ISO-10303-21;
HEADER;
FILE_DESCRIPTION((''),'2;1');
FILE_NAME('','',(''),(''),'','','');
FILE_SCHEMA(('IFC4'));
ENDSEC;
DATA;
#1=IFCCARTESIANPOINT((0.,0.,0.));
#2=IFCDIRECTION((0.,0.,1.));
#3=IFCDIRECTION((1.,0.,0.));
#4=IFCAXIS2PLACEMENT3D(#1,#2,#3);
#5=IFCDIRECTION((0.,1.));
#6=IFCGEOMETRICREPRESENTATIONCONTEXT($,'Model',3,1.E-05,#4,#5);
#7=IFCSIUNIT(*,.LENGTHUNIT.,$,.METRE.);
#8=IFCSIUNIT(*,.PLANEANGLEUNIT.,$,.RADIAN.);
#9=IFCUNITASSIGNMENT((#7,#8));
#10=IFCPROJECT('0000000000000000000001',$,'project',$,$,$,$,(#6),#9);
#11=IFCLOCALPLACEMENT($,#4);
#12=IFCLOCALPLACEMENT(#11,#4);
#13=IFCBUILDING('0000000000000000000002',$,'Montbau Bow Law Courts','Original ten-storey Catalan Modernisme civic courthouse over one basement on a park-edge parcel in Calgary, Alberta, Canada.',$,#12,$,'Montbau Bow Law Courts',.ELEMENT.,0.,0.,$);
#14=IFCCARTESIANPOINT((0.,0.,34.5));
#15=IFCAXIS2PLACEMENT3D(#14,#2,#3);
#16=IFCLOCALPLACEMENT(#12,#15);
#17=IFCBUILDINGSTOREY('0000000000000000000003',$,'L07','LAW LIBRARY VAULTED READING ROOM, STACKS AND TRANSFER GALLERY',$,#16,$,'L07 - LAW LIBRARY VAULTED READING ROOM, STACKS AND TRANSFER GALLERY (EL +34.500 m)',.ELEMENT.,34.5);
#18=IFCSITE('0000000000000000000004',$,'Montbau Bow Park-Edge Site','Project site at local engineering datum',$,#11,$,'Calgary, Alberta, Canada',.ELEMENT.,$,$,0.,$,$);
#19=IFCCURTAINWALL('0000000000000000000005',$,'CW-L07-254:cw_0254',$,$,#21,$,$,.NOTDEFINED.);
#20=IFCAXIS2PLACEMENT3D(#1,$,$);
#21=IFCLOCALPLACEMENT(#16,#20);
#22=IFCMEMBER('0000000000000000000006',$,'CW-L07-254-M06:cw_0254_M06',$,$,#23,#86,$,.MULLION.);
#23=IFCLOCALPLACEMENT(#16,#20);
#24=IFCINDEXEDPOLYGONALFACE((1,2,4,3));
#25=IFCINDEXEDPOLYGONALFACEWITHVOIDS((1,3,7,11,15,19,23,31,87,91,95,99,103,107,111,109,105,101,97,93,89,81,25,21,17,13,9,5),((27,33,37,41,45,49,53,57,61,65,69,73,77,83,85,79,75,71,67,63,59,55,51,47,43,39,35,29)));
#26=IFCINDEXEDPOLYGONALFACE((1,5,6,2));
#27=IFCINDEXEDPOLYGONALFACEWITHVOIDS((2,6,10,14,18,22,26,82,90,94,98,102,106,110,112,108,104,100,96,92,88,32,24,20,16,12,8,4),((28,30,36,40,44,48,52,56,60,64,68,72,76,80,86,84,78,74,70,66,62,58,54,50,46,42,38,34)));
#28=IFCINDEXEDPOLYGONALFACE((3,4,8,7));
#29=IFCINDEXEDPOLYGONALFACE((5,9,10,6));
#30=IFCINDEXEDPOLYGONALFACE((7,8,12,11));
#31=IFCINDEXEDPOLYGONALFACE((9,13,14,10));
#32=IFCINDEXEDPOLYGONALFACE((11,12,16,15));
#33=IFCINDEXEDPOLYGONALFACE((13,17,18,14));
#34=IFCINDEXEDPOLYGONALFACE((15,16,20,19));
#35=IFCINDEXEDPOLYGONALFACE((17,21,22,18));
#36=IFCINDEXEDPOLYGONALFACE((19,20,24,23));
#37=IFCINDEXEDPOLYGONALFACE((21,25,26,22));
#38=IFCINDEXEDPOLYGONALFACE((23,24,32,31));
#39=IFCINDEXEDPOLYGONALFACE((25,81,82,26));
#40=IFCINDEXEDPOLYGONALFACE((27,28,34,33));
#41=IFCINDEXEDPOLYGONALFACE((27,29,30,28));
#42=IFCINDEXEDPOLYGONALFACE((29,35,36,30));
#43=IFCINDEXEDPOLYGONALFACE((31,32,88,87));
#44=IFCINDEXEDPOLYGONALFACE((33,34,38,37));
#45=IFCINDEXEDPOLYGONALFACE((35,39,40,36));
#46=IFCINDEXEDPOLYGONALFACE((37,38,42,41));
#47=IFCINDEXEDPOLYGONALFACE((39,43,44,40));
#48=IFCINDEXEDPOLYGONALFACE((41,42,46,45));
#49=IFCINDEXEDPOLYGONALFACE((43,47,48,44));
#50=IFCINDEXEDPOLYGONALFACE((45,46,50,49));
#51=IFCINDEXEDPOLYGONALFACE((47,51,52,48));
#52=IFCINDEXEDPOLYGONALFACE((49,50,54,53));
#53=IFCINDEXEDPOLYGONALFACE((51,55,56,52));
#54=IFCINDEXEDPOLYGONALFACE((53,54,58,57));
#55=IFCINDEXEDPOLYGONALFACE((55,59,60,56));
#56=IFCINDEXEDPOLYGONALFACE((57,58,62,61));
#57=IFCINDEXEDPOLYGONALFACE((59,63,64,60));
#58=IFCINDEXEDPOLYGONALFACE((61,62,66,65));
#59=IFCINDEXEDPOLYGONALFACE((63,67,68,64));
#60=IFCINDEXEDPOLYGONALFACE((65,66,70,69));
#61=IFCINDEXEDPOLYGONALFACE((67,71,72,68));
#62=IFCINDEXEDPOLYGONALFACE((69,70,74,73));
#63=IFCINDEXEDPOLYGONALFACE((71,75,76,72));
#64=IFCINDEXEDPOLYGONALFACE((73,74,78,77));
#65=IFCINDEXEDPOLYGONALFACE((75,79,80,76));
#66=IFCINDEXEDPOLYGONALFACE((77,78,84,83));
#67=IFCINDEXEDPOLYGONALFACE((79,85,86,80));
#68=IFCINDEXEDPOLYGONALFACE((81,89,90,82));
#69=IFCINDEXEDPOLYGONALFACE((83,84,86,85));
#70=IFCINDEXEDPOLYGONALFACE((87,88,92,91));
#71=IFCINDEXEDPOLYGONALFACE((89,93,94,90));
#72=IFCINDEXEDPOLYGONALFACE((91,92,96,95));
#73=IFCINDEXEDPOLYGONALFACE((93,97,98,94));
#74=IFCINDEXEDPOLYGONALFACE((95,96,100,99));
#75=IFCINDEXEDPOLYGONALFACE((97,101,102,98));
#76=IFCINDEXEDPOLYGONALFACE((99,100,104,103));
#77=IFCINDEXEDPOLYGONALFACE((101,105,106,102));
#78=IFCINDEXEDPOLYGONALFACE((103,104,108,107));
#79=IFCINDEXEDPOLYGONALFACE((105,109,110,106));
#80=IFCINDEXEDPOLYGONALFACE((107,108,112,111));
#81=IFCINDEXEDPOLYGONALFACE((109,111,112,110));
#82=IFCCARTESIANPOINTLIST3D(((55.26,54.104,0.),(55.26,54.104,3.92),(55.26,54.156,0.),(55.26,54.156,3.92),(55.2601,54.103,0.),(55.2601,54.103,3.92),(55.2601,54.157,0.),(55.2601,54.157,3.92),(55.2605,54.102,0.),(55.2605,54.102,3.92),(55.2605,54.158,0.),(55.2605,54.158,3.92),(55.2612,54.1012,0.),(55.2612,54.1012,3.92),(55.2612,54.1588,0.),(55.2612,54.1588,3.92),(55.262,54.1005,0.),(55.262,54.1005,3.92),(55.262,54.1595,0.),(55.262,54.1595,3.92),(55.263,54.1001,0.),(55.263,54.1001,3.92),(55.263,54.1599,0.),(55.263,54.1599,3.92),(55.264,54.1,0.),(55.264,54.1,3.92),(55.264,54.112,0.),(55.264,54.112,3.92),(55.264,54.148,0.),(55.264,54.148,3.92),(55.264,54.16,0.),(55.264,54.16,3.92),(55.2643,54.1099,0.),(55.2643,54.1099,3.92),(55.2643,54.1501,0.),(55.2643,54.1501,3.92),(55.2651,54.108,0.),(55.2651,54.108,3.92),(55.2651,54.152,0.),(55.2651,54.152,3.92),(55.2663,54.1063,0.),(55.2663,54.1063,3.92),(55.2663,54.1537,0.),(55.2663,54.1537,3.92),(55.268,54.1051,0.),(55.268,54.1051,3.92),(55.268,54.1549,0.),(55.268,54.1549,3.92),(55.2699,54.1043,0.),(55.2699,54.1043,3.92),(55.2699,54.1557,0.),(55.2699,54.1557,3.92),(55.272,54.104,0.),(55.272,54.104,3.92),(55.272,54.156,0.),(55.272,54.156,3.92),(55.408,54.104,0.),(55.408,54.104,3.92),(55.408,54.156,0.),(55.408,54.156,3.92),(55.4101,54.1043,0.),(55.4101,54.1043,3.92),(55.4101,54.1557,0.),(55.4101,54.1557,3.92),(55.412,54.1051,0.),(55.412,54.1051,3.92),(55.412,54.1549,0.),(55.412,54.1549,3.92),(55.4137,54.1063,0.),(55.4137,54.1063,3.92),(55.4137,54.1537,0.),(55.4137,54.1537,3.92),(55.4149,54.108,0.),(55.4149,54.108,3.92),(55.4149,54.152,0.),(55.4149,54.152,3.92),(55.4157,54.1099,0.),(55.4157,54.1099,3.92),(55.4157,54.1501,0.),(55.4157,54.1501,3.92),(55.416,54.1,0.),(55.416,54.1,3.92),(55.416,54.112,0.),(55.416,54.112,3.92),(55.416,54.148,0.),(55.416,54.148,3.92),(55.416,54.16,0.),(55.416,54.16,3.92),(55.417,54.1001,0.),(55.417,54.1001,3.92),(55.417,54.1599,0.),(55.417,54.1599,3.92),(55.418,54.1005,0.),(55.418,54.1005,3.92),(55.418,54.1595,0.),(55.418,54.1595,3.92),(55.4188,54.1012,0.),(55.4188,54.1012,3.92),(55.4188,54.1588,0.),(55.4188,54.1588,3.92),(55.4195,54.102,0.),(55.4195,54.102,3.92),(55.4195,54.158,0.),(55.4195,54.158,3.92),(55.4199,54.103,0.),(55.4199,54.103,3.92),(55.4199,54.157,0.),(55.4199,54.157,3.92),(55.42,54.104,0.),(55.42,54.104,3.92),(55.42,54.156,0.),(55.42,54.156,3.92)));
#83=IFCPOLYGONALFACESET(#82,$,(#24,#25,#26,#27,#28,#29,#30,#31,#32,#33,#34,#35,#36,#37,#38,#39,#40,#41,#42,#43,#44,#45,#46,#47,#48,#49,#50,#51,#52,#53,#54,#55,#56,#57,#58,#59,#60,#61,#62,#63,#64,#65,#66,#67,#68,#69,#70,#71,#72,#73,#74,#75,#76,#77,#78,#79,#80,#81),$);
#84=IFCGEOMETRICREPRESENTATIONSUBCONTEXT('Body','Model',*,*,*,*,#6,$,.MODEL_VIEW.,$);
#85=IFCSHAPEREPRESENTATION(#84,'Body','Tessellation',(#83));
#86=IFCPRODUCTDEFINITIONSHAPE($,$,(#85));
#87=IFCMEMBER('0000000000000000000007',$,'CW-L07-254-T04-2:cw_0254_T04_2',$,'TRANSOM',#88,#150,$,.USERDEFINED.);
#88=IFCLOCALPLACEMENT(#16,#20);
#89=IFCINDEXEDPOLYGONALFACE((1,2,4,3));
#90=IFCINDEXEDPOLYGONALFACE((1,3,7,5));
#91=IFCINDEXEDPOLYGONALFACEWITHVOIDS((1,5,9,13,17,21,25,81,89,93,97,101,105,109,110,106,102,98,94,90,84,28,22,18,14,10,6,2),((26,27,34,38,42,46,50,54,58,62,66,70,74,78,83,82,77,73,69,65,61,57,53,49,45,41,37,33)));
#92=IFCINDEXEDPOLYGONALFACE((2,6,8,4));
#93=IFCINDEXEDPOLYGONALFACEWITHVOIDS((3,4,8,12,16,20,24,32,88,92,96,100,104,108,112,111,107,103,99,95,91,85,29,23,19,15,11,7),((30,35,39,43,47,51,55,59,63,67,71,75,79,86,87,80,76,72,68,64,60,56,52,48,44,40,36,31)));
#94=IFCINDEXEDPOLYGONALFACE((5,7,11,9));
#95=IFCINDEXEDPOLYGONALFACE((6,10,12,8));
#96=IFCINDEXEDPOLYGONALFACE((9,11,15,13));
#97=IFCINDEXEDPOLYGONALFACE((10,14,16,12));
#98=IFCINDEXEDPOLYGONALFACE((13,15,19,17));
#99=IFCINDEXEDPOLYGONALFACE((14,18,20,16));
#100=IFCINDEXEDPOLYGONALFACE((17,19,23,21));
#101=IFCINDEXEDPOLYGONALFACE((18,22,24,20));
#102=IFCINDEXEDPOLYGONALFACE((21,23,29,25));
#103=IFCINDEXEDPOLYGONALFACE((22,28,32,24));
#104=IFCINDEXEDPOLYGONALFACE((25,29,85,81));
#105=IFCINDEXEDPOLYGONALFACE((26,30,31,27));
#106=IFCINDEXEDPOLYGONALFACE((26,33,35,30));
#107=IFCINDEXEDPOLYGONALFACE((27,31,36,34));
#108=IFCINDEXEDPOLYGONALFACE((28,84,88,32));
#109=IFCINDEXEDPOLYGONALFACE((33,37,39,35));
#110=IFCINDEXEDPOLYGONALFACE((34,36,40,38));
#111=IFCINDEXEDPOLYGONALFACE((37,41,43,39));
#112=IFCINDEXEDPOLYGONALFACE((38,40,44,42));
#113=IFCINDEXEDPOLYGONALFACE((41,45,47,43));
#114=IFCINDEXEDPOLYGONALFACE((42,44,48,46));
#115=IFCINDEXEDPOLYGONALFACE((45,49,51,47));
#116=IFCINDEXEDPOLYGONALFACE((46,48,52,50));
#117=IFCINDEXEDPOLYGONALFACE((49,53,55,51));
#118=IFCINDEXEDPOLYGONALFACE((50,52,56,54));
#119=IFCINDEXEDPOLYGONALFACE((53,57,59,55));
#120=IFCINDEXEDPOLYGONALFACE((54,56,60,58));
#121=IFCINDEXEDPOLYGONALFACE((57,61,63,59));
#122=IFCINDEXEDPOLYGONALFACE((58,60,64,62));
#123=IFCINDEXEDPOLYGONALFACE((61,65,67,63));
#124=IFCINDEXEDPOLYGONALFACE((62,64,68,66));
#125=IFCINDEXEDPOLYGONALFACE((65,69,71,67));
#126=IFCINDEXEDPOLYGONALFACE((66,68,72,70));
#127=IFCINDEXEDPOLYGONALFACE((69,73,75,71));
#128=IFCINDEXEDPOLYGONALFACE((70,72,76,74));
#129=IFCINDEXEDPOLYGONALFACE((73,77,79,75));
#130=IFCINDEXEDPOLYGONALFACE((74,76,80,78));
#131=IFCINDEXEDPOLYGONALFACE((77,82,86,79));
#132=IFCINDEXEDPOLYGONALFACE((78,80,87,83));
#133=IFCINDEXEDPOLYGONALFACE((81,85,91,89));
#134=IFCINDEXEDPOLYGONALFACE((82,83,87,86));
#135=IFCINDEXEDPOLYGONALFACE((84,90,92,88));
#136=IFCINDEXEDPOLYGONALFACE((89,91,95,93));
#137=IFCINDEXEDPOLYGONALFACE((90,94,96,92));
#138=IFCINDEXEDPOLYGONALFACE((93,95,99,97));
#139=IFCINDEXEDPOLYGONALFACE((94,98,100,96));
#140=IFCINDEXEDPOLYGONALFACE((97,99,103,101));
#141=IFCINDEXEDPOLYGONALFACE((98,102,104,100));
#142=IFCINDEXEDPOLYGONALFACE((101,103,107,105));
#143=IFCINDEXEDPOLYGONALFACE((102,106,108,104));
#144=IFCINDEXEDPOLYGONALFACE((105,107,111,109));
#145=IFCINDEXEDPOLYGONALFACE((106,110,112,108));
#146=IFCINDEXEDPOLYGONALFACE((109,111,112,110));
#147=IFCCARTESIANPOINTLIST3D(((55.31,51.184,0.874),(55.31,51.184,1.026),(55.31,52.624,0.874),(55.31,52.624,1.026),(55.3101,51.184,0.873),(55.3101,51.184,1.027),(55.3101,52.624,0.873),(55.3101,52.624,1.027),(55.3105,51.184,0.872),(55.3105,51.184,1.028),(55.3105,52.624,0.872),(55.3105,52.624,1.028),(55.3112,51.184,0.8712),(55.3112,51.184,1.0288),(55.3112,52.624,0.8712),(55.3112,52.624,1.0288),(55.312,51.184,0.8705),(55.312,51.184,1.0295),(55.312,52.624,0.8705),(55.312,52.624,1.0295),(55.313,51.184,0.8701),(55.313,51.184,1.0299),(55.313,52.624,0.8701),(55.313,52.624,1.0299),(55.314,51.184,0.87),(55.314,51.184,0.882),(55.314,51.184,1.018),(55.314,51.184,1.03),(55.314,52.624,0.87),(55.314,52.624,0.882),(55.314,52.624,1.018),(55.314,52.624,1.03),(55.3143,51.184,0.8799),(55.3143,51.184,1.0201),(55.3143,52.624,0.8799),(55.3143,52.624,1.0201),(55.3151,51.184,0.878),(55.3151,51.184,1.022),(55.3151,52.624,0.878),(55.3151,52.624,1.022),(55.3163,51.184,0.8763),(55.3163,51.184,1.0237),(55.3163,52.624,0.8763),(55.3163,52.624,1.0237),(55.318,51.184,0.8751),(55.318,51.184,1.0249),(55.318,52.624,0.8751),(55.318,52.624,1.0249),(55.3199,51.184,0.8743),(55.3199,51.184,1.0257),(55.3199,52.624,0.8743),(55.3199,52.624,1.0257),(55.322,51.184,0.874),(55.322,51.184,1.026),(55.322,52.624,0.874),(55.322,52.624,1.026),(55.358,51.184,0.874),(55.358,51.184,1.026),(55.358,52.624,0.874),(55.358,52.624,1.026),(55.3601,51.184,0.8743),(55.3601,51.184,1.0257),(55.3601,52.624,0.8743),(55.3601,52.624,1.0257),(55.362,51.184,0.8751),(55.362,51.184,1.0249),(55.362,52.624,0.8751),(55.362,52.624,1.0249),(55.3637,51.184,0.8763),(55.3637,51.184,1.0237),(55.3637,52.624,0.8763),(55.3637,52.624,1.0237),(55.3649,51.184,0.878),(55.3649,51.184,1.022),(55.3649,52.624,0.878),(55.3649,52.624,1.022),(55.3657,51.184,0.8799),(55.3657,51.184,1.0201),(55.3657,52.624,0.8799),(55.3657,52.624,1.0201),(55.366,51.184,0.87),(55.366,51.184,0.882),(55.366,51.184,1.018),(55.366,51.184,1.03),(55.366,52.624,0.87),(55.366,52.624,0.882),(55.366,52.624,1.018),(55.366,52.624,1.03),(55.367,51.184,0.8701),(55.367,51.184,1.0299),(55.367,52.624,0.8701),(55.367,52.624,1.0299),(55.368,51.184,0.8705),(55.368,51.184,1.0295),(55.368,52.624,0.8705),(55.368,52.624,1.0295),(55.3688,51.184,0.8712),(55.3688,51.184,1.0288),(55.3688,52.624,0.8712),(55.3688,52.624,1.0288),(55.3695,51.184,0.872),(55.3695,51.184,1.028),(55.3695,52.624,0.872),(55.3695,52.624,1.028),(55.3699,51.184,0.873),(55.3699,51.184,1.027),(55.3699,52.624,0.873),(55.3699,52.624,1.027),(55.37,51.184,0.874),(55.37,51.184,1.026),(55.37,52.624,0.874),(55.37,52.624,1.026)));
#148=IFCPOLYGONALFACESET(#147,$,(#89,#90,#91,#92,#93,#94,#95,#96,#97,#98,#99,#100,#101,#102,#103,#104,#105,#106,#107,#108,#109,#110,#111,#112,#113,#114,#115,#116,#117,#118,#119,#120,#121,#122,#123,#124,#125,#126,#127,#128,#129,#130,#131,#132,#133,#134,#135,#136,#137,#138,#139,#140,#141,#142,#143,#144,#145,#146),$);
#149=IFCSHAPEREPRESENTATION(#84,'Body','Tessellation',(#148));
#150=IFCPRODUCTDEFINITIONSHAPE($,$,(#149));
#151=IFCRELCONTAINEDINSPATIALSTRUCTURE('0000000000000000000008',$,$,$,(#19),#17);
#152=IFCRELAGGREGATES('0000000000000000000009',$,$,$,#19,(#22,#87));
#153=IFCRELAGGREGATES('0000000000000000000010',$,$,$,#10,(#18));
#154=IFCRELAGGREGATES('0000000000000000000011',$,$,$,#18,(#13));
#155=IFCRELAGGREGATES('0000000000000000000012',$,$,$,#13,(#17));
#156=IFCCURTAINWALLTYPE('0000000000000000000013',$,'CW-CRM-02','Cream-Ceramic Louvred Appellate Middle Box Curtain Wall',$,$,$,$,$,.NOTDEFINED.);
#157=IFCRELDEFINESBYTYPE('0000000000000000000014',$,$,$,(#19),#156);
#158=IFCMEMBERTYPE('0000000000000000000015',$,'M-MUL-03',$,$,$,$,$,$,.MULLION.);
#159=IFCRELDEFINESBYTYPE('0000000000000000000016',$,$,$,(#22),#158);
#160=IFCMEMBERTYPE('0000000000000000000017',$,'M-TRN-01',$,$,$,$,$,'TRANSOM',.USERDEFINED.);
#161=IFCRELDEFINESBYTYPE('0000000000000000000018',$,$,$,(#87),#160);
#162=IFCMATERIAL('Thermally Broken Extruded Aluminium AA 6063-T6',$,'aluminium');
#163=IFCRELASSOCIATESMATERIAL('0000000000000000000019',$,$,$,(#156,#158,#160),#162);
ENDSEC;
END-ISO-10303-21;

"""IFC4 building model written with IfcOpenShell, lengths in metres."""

from ifc_helpers import new_model, si_unit, direction, frame, origin_with_axes, origin_2d_with_axis, place, context, subcontext, project, spatial, hollow_rectangle, extrude, material, material_profile, profile_set, type_object, element, aggregate, save


model = new_model("IFC4")

# Units and contexts
model_context = context("Model", 3, precision=1e-05, world=origin_with_axes(), true_north=direction((0.0, 1.0)))
body_context = subcontext(model_context, "Body", "Model", "MODEL_VIEW")
ifc_project = project(units=[si_unit("LENGTHUNIT", "METRE"), si_unit("PLANEANGLEUNIT", "RADIAN")], contexts=[model_context])

# Site, building, storey
site_placement = place(None, origin_with_axes())
site = spatial("IfcSite", under=ifc_project, at=site_placement, Name="Montbau Bow Park-Edge Site", Description="Project site at local engineering datum", LongName="Calgary, Alberta, Canada", CompositionType="ELEMENT", RefElevation=0.0)
building_placement = place(site_placement, origin_with_axes())
building = spatial("IfcBuilding", under=site, at=building_placement, Name="Montbau Bow Law Courts", Description="Original ten-storey Catalan Modernisme civic courthouse over one basement on a park-edge parcel in Calgary, Alberta, Canada.", LongName="Montbau Bow Law Courts", CompositionType="ELEMENT", ElevationOfRefHeight=0.0, ElevationOfTerrain=0.0)
storey_placement = place(building_placement, frame((0.0, 0.0, 34.5), z_axis=(0.0, 0.0, 1.0), x_axis=(1.0, 0.0, 0.0)))
storey = spatial("IfcBuildingStorey", under=building, at=storey_placement, Name="L07", Description="LAW LIBRARY VAULTED READING ROOM, STACKS AND TRANSFER GALLERY", LongName="L07 - LAW LIBRARY VAULTED READING ROOM, STACKS AND TRANSFER GALLERY (EL +34.500 m)", CompositionType="ELEMENT", Elevation=34.5)

# Curtain wall, members
ifc_material_1 = material(Name="Thermally Broken Extruded Aluminium AA 6063-T6", Category="aluminium")
curtain_wall_type = type_object("IfcCurtainWallType", Name="CW-CRM-02", Description="Cream-Ceramic Louvred Appellate Middle Box Curtain Wall", PredefinedType="NOTDEFINED", material=ifc_material_1)
curtain_wall_1_placement = place(None, frame((55.34, 46.64, 34.5), z_axis=(0.0, 0.0, 1.0), x_axis=(1.0, 0.0, 0.0)))
curtain_wall_1 = element("IfcCurtainWall", 1, at=curtain_wall_1_placement, inside=storey, type_object=curtain_wall_type, Name="CW-L07-254:cw_0254", PredefinedType="NOTDEFINED")
ifc_material_profile_1 = material_profile(ifc_material_1, hollow_rectangle(XDim=0.06, YDim=0.16, WallThickness=0.004, InnerFilletRadius=0.008, OuterFilletRadius=0.004, at=origin_2d_with_axis()), Name="CWM-160X60", Category="Main", Priority=0)
ifc_profile_set_1 = profile_set([ifc_material_profile_1], Name="Thermally Broken Extruded Aluminium AA 6063-T6")
member_type_1 = type_object("IfcMemberType", Name="M-MUL-03", PredefinedType="MULLION", material=ifc_profile_set_1)
member_1_placement = place(None, frame((55.34, 54.13, 34.5), z_axis=(0.0, 0.0, 1.0), x_axis=(0.0, 1.0, 0.0)))
member_1 = element("IfcMember", 2, at=member_1_placement, type_object=member_type_1, Name="CW-L07-254-M06:cw_0254_M06", PredefinedType="MULLION", context=body_context, shape_type="SweptSolid", body=[
    extrude(hollow_rectangle(XDim=0.06, YDim=0.16, WallThickness=0.004, InnerFilletRadius=0.008, OuterFilletRadius=0.004, at=origin_2d_with_axis()), origin_with_axes(), (0.0, 0.0, 1.0), 3.92),
])
ifc_material_profile_2 = material_profile(ifc_material_1, hollow_rectangle(XDim=0.06, YDim=0.16, WallThickness=0.004, InnerFilletRadius=0.008, OuterFilletRadius=0.004, at=origin_2d_with_axis()), Name="CWT-160X60", Category="Main", Priority=0)
ifc_profile_set_2 = profile_set([ifc_material_profile_2], Name="Thermally Broken Extruded Aluminium AA 6063-T6")
member_type_2 = type_object("IfcMemberType", Name="M-TRN-01", ElementType="TRANSOM", PredefinedType="USERDEFINED", material=ifc_profile_set_2)
member_2_placement = place(None, frame((55.34, 51.184, 35.45), z_axis=(0.0, 1.0, 0.0), x_axis=(-1.0, 0.0, 0.0)))
member_2 = element("IfcMember", 3, at=member_2_placement, type_object=member_type_2, Name="CW-L07-254-T04-2:cw_0254_T04_2", ObjectType="TRANSOM", PredefinedType="USERDEFINED", context=body_context, shape_type="SweptSolid", body=[
    extrude(hollow_rectangle(XDim=0.06, YDim=0.16, WallThickness=0.004, InnerFilletRadius=0.008, OuterFilletRadius=0.004, at=origin_2d_with_axis()), origin_with_axes(), (0.0, 0.0, 1.0), 1.44),
])

aggregate(curtain_wall_1, [member_1, member_2])

save(model, "model.ifc")
